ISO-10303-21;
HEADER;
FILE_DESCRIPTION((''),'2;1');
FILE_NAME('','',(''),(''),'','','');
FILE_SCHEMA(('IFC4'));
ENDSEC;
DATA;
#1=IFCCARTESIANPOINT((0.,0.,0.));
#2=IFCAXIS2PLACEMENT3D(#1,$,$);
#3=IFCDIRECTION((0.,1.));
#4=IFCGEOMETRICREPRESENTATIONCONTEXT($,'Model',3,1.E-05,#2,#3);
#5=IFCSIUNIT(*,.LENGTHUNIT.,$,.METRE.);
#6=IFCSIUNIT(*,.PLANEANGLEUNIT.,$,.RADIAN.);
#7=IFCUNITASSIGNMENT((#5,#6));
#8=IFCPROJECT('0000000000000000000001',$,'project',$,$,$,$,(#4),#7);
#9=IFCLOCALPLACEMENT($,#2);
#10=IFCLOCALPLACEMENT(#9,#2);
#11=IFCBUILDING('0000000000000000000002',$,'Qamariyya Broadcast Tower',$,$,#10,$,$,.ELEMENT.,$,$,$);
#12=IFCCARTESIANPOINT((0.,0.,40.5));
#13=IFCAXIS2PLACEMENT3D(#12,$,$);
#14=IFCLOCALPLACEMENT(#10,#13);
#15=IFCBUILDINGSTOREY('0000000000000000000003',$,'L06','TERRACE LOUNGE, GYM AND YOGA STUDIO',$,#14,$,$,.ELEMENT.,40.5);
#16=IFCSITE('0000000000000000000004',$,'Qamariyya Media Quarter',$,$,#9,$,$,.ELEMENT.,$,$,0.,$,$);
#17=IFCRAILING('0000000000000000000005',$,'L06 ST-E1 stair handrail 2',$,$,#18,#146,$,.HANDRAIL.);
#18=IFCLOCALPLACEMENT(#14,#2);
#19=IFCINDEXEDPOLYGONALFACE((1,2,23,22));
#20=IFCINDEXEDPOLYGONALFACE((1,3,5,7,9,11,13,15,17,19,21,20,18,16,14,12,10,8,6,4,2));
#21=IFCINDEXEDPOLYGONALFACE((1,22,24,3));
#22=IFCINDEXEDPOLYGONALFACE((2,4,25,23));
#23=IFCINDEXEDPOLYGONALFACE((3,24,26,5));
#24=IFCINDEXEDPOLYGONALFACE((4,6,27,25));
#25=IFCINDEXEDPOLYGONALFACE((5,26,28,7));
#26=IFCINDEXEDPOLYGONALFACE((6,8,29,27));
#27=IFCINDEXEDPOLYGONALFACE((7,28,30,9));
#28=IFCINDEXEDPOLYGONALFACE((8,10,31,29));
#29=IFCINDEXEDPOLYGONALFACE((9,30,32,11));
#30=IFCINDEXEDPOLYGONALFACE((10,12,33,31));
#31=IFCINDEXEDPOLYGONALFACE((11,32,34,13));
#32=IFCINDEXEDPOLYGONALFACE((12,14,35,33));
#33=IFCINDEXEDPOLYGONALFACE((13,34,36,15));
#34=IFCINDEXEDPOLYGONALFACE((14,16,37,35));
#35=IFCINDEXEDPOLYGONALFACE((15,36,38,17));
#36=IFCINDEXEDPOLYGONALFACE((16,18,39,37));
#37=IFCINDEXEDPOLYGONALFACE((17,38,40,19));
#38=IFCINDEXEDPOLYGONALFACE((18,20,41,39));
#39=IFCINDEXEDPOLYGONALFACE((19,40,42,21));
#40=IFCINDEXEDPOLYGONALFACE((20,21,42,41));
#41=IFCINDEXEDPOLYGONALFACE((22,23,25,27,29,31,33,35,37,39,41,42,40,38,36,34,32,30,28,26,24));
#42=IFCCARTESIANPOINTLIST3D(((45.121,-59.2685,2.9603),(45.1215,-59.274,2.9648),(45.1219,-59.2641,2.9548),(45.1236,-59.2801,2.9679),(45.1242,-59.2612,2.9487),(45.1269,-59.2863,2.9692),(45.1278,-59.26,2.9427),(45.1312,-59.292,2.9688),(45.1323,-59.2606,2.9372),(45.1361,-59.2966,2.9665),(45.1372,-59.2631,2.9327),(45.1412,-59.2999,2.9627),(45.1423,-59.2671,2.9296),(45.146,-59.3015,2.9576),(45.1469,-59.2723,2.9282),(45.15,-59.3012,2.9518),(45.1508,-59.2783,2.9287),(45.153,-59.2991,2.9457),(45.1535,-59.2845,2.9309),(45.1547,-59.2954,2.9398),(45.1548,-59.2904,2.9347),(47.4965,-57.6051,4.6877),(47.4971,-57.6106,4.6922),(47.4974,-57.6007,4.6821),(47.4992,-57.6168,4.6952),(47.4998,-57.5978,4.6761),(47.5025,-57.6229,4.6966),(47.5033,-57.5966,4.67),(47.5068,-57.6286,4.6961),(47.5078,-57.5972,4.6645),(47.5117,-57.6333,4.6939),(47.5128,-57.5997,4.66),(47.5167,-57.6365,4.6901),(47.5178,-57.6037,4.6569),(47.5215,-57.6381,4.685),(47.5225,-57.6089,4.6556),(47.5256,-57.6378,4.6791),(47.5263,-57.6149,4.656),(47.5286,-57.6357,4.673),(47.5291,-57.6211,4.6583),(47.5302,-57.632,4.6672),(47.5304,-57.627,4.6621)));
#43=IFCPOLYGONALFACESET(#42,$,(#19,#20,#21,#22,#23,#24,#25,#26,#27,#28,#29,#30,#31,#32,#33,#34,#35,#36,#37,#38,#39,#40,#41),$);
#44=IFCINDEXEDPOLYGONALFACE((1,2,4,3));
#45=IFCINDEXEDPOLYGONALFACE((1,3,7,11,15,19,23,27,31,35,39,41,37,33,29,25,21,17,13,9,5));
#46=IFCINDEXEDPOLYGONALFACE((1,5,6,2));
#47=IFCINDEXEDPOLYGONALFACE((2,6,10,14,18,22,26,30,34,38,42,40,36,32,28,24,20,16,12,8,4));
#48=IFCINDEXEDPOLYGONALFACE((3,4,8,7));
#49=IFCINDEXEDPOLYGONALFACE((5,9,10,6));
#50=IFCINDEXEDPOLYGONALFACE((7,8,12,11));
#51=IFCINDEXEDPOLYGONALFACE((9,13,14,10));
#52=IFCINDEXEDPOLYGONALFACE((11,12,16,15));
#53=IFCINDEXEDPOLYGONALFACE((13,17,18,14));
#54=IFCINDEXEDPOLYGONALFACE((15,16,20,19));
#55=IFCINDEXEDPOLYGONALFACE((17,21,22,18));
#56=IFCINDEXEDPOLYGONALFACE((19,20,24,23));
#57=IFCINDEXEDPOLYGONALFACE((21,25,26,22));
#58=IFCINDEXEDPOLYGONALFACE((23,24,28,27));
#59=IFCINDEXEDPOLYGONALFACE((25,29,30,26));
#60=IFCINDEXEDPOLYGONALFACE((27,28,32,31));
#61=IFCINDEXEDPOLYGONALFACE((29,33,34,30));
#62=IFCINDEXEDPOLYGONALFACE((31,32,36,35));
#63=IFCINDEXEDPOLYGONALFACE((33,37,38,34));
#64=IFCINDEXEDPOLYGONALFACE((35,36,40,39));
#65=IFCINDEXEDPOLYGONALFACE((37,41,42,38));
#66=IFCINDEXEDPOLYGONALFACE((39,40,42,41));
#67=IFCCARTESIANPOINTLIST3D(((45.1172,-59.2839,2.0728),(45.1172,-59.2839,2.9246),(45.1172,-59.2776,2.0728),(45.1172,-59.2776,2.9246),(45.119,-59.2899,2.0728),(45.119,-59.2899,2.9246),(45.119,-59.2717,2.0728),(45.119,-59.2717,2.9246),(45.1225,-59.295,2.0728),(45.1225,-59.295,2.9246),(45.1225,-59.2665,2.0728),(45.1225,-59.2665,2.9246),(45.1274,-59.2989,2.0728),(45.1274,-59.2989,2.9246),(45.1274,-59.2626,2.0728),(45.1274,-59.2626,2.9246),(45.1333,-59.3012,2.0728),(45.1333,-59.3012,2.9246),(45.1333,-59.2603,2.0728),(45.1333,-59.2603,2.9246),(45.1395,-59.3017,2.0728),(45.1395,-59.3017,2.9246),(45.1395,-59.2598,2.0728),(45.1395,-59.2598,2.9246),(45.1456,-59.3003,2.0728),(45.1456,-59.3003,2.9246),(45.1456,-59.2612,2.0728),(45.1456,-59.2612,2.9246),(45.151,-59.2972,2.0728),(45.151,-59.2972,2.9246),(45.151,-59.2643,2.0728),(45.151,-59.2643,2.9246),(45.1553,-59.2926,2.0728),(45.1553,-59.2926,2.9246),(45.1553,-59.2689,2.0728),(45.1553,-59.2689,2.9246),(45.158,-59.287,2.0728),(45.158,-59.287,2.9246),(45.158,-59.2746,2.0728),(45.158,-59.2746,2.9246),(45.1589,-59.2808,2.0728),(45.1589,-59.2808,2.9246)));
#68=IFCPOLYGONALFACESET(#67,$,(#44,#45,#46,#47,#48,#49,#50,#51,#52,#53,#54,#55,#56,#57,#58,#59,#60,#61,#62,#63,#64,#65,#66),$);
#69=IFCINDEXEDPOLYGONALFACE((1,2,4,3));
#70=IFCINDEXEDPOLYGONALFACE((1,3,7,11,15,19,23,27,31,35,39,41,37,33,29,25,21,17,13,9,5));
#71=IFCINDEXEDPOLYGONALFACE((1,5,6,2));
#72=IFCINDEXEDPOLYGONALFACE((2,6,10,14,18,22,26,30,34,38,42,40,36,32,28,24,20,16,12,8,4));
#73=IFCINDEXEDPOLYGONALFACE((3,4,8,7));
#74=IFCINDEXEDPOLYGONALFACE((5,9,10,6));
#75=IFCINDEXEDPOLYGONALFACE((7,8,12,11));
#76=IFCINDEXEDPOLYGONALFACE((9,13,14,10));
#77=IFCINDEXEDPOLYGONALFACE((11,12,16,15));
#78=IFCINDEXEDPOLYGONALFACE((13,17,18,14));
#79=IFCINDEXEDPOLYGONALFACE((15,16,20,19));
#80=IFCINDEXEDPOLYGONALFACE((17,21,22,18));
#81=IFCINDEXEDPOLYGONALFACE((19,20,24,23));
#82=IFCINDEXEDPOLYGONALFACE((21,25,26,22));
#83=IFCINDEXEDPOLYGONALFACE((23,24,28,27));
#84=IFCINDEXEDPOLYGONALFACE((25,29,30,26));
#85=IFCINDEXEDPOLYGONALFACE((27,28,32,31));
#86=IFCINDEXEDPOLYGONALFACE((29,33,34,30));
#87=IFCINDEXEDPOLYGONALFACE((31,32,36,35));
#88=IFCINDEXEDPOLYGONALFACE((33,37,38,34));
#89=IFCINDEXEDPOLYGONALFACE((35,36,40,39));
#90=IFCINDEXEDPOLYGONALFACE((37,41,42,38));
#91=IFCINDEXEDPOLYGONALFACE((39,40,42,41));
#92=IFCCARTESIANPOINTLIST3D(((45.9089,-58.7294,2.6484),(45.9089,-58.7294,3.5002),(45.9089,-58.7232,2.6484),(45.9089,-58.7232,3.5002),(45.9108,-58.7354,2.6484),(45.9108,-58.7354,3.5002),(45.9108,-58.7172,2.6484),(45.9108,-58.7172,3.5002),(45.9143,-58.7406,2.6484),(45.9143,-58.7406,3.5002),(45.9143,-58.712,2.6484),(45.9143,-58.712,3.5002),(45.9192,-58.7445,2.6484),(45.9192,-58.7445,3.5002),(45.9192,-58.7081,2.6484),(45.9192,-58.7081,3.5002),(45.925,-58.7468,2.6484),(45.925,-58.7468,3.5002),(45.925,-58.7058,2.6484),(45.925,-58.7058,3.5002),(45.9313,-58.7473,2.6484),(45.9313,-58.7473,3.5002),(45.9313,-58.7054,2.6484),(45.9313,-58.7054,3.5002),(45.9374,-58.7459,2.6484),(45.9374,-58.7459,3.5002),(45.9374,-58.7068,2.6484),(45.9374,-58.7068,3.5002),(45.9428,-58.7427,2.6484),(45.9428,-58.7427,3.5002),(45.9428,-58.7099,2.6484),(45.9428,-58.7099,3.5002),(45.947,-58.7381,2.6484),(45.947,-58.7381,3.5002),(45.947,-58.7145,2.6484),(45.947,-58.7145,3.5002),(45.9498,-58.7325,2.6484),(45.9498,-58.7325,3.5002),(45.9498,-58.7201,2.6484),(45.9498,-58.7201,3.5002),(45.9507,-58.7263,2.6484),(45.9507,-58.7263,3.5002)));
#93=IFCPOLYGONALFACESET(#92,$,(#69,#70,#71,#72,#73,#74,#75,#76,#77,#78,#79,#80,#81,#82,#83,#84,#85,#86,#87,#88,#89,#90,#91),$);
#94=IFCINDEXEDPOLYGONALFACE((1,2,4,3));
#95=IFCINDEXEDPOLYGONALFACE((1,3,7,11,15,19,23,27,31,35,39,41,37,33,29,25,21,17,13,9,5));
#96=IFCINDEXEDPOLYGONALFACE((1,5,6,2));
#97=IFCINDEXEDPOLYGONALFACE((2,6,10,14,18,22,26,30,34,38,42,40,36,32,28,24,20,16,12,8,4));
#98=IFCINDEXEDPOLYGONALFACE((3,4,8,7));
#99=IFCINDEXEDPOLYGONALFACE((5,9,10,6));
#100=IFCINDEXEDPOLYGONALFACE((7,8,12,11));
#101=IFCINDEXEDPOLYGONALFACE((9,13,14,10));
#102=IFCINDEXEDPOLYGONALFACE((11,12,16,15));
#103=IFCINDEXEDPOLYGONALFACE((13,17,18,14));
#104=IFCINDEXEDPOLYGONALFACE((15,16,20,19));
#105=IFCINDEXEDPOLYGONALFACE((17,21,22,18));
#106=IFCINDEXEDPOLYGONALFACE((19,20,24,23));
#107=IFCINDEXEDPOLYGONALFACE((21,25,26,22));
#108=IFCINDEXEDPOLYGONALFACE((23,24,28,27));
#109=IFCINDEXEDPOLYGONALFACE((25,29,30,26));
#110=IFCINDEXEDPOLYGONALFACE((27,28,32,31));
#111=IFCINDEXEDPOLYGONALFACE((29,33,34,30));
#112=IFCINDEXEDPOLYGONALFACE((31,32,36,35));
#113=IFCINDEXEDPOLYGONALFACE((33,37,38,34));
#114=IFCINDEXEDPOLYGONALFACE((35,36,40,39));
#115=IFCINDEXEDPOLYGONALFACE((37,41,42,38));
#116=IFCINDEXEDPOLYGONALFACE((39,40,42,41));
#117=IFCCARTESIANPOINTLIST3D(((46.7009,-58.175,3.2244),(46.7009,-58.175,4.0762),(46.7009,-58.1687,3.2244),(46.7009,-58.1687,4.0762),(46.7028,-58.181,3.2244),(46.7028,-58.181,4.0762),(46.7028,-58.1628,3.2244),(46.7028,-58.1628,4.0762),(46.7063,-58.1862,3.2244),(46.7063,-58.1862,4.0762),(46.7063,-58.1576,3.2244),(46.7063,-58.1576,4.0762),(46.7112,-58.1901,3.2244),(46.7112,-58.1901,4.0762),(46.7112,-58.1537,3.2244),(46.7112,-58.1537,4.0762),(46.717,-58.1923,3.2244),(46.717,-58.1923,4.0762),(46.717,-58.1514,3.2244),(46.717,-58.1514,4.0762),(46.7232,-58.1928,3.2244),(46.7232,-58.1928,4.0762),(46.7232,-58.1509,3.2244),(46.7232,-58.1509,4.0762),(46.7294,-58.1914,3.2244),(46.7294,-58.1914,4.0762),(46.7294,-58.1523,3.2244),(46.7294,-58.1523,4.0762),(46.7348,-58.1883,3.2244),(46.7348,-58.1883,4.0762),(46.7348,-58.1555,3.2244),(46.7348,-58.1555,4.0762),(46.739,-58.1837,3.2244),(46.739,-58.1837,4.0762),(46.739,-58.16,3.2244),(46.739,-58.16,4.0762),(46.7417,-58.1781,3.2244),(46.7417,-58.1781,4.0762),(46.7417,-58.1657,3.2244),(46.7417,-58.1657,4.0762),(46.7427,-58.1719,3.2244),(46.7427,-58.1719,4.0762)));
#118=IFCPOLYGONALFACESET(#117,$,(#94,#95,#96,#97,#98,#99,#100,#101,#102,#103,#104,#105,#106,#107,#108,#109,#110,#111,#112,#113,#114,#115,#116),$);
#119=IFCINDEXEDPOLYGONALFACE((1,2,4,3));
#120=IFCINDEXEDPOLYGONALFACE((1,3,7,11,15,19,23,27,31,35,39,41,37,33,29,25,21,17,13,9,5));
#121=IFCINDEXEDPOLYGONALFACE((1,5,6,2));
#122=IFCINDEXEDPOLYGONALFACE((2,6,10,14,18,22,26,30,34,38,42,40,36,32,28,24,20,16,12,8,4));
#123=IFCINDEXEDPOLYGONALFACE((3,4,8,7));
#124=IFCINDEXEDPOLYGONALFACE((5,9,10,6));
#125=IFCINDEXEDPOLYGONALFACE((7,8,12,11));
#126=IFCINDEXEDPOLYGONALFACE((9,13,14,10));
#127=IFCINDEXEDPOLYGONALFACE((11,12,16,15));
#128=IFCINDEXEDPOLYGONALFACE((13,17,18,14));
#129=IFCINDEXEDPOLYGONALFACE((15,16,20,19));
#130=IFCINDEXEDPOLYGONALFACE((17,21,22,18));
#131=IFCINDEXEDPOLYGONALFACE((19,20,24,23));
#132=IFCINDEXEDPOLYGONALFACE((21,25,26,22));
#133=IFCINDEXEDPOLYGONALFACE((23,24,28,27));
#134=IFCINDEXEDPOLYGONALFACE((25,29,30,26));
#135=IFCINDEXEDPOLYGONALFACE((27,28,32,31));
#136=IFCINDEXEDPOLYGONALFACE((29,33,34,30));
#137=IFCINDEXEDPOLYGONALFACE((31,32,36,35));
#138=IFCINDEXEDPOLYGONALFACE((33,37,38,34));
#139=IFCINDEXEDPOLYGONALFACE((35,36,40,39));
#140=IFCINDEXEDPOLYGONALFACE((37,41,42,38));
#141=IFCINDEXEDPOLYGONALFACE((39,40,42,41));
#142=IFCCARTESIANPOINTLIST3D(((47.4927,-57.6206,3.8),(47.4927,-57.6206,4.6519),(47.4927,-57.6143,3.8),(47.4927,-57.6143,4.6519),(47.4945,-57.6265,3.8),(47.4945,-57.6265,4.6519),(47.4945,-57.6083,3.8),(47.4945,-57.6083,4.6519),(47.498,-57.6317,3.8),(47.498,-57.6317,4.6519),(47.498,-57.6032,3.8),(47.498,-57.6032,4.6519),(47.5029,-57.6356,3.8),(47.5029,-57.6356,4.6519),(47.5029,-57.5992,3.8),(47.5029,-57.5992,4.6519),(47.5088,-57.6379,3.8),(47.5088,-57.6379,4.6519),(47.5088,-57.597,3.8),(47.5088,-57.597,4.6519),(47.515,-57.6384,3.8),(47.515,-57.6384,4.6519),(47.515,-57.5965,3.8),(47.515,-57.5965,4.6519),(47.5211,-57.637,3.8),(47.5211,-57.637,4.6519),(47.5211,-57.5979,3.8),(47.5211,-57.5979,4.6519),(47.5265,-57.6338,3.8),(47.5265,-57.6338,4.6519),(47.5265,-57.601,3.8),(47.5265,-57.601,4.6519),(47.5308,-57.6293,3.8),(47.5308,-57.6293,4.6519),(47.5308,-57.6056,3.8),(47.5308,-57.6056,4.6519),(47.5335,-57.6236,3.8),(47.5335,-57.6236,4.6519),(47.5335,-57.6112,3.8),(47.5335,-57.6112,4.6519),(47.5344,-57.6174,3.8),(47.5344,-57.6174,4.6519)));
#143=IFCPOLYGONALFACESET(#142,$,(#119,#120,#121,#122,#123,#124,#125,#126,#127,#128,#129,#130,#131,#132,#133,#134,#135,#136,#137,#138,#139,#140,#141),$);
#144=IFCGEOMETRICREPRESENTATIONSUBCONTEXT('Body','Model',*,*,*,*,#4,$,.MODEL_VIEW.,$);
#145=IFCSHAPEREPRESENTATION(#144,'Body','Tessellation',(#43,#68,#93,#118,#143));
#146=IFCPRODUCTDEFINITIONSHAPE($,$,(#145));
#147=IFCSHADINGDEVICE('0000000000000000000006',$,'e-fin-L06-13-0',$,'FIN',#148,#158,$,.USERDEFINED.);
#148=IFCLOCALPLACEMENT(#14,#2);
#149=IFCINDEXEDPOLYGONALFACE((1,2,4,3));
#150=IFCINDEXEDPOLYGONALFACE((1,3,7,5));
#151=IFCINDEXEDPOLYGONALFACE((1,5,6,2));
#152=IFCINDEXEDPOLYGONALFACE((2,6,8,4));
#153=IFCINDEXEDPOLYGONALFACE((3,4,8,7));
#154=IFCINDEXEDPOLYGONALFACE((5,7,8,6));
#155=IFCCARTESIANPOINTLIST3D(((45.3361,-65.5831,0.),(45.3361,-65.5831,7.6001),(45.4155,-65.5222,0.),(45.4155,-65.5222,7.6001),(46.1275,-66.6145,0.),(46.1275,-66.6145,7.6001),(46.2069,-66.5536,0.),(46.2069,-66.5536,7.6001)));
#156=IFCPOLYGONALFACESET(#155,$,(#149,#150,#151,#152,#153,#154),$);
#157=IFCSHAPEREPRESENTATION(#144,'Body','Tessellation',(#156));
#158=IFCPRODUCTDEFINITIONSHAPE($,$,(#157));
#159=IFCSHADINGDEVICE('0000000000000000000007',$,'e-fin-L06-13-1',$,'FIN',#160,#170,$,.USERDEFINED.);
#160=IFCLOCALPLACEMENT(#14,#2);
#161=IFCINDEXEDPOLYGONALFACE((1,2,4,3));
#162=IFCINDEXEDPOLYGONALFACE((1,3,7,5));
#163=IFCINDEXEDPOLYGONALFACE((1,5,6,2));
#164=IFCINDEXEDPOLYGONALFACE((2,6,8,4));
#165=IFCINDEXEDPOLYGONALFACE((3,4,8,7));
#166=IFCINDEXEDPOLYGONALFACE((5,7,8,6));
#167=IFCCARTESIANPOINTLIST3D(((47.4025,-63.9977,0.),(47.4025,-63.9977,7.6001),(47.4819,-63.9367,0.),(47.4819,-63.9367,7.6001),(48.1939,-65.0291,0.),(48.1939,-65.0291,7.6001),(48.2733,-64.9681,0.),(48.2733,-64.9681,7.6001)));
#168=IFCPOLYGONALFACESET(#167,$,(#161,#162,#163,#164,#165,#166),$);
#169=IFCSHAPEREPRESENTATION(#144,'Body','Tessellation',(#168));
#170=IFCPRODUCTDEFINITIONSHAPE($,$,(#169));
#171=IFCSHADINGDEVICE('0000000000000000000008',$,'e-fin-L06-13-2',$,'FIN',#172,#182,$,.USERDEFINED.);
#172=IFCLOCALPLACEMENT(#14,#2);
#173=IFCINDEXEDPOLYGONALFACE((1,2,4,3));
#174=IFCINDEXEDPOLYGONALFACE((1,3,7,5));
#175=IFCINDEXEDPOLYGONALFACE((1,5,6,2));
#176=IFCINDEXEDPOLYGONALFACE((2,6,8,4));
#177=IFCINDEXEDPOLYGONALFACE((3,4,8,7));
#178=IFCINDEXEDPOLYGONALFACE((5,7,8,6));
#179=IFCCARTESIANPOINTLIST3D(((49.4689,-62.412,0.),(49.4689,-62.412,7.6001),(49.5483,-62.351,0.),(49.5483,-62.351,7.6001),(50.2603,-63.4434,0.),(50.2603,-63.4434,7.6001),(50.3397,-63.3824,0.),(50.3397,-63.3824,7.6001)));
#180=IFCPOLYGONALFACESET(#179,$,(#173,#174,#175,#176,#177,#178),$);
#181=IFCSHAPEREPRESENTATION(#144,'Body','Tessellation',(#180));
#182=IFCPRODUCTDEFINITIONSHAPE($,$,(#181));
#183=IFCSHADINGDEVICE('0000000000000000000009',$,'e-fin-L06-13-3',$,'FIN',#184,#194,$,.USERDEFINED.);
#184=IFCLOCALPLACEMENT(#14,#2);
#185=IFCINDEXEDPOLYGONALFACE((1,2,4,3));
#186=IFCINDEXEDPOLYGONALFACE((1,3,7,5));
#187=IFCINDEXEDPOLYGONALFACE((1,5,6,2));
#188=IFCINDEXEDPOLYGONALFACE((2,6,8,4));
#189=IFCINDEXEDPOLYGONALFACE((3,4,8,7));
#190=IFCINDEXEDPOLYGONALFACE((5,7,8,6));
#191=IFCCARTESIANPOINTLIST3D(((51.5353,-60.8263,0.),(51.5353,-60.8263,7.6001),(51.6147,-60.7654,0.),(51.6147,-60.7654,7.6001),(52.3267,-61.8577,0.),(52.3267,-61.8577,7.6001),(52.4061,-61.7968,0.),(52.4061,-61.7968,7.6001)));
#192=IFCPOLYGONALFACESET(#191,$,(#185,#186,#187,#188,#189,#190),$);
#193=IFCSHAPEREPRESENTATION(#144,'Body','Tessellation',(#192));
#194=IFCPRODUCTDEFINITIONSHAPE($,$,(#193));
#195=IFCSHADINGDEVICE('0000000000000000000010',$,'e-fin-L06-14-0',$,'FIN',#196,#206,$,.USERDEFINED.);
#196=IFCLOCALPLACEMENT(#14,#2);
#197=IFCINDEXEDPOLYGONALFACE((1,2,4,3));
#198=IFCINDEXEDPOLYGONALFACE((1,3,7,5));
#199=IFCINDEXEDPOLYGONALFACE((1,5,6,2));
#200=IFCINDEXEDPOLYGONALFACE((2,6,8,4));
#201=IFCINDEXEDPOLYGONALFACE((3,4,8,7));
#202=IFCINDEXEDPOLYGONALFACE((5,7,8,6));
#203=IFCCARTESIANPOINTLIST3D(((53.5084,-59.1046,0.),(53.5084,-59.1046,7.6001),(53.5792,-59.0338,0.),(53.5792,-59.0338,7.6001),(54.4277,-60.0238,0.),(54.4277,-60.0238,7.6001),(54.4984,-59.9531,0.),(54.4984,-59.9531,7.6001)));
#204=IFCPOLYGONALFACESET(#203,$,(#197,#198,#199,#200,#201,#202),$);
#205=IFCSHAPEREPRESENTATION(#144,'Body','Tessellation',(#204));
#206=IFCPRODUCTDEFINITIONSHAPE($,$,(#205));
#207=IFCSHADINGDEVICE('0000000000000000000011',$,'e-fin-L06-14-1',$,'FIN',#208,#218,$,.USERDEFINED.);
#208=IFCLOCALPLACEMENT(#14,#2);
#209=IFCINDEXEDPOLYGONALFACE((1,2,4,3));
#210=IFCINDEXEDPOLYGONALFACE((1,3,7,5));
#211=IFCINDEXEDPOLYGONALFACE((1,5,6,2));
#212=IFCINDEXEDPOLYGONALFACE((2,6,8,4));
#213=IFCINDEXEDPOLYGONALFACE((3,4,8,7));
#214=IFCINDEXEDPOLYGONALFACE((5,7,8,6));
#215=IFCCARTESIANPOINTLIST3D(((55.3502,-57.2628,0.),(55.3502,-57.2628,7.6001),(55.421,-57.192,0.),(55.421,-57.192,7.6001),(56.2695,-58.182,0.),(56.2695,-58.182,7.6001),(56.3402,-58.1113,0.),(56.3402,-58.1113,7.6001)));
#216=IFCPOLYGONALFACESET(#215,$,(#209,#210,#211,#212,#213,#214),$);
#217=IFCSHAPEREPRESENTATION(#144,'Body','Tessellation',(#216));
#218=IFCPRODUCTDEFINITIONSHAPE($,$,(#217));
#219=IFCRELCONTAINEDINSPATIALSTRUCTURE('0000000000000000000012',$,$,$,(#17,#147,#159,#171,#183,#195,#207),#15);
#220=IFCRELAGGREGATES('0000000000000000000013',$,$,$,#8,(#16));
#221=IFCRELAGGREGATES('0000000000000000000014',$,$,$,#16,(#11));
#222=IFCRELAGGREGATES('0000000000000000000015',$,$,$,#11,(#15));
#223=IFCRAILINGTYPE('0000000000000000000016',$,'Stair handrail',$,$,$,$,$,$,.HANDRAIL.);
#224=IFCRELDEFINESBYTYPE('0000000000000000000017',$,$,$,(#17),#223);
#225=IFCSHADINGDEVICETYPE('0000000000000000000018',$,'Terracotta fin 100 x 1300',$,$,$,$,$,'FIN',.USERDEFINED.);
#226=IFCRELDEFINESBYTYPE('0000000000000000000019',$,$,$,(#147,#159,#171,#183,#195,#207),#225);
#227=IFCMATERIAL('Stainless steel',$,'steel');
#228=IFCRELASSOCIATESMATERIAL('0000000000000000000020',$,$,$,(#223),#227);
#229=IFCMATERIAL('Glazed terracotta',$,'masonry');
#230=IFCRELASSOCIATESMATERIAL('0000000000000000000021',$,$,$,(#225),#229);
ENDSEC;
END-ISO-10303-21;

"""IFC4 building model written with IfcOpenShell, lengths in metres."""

from ifc_helpers import new_model, si_unit, direction, frame, origin, origin_2d, place, context, subcontext, project, spatial, rectangle, circle, extrude, material, material_profile, profile_set, type_object, element, save


model = new_model("IFC4")

# Units and contexts
model_context = context("Model", 3, precision=1e-05, world=origin(), true_north=direction((0.0, 1.0)))
body_context = subcontext(model_context, "Body", "Model", "MODEL_VIEW")
ifc_project = project(units=[si_unit("LENGTHUNIT", "METRE"), si_unit("PLANEANGLEUNIT", "RADIAN")], contexts=[model_context])

# Site, building, storey
site_placement = place(None, origin())
site = spatial("IfcSite", under=ifc_project, at=site_placement, Name="Qamariyya Media Quarter", CompositionType="ELEMENT", RefElevation=0.0)
building_placement = place(site_placement, origin())
building = spatial("IfcBuilding", under=site, at=building_placement, Name="Qamariyya Broadcast Tower", CompositionType="ELEMENT")
storey_placement = place(building_placement, frame((0.0, 0.0, 40.5)))
storey = spatial("IfcBuildingStorey", under=building, at=storey_placement, Name="L06", Description="TERRACE LOUNGE, GYM AND YOGA STUDIO", CompositionType="ELEMENT", Elevation=40.5)

# Railing
ifc_material_1 = material(Name="Stainless steel", Category="steel")
railing_type_1 = type_object("IfcRailingType", Name="Stair handrail", PredefinedType="HANDRAIL", material=ifc_material_1)
railing_1_placement = place(storey_placement, frame((45.1379, -59.2808, 2.0728)))
element("IfcRailing", 1, at=railing_1_placement, inside=storey, type_object=railing_type_1, Name="L06 ST-E1 stair handrail 2", PredefinedType="HANDRAIL", context=body_context, shape_type="SweptSolid", body=[
    extrude(circle(Radius=0.0239, at=origin_2d()), frame((0.0, 0.0, 0.876), z_axis=(0.70377, 0.492784, 0.511734), x_axis=(-0.573575, 0.819153, 0.0)), (0.0, 0.0, 1.0), 3.3755),
    extrude(circle(Radius=0.021, at=origin_2d()), origin(), (0.0, 0.0, 1.0), 0.8518),
    extrude(circle(Radius=0.021, at=origin_2d()), frame((0.7917, 0.5544, 0.5757)), (0.0, 0.0, 1.0), 0.8518),
    extrude(circle(Radius=0.021, at=origin_2d()), frame((1.5837, 1.1089, 1.1516)), (0.0, 0.0, 1.0), 0.8518),
    extrude(circle(Radius=0.021, at=origin_2d()), frame((2.3755, 1.6633, 1.7273)), (0.0, 0.0, 1.0), 0.8518),
])

# Shading devices
ifc_material_2 = material(Name="Glazed terracotta", Category="masonry")
ifc_material_profile_1 = material_profile(ifc_material_2, rectangle(XDim=1.3, YDim=0.1001, at=origin_2d()))
ifc_profile_set_1 = profile_set([ifc_material_profile_1], Name="Glazed terracotta")
shading_device_type_1 = type_object("IfcShadingDeviceType", Name="Terracotta fin 100 x 1300", ElementType="FIN", PredefinedType="USERDEFINED", material=ifc_profile_set_1)
for number, where, z_axis, x_axis, name in (
    (2, (45.7715, -66.0684, 0.0), (0.0, 0.0, 1.0), (0.608761, -0.793353, 0.0), "e-fin-L06-13-0"),
    (3, (47.8379, -64.4829, 0.0), (0.0, 0.0, 1.0), (0.608761, -0.793353, 0.0), "e-fin-L06-13-1"),
    (4, (49.9043, -62.8972, 0.0), (0.0, 0.0, 1.0), (0.608761, -0.793353, 0.0), "e-fin-L06-13-2"),
    (5, (51.9707, -61.3115, 0.0), (0.0, 0.0, 1.0), (0.608761, -0.793353, 0.0), "e-fin-L06-13-3"),
    (6, (54.0034, -59.5288, 0.0), (0.0, 0.0, 1.0), (0.707107, -0.707107, 0.0), "e-fin-L06-14-0"),
    (7, (55.8452, -57.687, 0.0), (0.0, 0.0, 1.0), (0.707107, -0.707107, 0.0), "e-fin-L06-14-1"),
):
    element("IfcShadingDevice", number, at=place(storey_placement, frame(where, z_axis=z_axis, x_axis=x_axis)), inside=storey, type_object=shading_device_type_1, Name=name, ObjectType="FIN", PredefinedType="USERDEFINED", context=body_context, shape_type="SweptSolid", body=[
        extrude(rectangle(XDim=1.3, YDim=0.1001, at=origin_2d()), origin(), (0.0, 0.0, 1.0), 7.6001),
    ])

save(model, "model.ifc")
